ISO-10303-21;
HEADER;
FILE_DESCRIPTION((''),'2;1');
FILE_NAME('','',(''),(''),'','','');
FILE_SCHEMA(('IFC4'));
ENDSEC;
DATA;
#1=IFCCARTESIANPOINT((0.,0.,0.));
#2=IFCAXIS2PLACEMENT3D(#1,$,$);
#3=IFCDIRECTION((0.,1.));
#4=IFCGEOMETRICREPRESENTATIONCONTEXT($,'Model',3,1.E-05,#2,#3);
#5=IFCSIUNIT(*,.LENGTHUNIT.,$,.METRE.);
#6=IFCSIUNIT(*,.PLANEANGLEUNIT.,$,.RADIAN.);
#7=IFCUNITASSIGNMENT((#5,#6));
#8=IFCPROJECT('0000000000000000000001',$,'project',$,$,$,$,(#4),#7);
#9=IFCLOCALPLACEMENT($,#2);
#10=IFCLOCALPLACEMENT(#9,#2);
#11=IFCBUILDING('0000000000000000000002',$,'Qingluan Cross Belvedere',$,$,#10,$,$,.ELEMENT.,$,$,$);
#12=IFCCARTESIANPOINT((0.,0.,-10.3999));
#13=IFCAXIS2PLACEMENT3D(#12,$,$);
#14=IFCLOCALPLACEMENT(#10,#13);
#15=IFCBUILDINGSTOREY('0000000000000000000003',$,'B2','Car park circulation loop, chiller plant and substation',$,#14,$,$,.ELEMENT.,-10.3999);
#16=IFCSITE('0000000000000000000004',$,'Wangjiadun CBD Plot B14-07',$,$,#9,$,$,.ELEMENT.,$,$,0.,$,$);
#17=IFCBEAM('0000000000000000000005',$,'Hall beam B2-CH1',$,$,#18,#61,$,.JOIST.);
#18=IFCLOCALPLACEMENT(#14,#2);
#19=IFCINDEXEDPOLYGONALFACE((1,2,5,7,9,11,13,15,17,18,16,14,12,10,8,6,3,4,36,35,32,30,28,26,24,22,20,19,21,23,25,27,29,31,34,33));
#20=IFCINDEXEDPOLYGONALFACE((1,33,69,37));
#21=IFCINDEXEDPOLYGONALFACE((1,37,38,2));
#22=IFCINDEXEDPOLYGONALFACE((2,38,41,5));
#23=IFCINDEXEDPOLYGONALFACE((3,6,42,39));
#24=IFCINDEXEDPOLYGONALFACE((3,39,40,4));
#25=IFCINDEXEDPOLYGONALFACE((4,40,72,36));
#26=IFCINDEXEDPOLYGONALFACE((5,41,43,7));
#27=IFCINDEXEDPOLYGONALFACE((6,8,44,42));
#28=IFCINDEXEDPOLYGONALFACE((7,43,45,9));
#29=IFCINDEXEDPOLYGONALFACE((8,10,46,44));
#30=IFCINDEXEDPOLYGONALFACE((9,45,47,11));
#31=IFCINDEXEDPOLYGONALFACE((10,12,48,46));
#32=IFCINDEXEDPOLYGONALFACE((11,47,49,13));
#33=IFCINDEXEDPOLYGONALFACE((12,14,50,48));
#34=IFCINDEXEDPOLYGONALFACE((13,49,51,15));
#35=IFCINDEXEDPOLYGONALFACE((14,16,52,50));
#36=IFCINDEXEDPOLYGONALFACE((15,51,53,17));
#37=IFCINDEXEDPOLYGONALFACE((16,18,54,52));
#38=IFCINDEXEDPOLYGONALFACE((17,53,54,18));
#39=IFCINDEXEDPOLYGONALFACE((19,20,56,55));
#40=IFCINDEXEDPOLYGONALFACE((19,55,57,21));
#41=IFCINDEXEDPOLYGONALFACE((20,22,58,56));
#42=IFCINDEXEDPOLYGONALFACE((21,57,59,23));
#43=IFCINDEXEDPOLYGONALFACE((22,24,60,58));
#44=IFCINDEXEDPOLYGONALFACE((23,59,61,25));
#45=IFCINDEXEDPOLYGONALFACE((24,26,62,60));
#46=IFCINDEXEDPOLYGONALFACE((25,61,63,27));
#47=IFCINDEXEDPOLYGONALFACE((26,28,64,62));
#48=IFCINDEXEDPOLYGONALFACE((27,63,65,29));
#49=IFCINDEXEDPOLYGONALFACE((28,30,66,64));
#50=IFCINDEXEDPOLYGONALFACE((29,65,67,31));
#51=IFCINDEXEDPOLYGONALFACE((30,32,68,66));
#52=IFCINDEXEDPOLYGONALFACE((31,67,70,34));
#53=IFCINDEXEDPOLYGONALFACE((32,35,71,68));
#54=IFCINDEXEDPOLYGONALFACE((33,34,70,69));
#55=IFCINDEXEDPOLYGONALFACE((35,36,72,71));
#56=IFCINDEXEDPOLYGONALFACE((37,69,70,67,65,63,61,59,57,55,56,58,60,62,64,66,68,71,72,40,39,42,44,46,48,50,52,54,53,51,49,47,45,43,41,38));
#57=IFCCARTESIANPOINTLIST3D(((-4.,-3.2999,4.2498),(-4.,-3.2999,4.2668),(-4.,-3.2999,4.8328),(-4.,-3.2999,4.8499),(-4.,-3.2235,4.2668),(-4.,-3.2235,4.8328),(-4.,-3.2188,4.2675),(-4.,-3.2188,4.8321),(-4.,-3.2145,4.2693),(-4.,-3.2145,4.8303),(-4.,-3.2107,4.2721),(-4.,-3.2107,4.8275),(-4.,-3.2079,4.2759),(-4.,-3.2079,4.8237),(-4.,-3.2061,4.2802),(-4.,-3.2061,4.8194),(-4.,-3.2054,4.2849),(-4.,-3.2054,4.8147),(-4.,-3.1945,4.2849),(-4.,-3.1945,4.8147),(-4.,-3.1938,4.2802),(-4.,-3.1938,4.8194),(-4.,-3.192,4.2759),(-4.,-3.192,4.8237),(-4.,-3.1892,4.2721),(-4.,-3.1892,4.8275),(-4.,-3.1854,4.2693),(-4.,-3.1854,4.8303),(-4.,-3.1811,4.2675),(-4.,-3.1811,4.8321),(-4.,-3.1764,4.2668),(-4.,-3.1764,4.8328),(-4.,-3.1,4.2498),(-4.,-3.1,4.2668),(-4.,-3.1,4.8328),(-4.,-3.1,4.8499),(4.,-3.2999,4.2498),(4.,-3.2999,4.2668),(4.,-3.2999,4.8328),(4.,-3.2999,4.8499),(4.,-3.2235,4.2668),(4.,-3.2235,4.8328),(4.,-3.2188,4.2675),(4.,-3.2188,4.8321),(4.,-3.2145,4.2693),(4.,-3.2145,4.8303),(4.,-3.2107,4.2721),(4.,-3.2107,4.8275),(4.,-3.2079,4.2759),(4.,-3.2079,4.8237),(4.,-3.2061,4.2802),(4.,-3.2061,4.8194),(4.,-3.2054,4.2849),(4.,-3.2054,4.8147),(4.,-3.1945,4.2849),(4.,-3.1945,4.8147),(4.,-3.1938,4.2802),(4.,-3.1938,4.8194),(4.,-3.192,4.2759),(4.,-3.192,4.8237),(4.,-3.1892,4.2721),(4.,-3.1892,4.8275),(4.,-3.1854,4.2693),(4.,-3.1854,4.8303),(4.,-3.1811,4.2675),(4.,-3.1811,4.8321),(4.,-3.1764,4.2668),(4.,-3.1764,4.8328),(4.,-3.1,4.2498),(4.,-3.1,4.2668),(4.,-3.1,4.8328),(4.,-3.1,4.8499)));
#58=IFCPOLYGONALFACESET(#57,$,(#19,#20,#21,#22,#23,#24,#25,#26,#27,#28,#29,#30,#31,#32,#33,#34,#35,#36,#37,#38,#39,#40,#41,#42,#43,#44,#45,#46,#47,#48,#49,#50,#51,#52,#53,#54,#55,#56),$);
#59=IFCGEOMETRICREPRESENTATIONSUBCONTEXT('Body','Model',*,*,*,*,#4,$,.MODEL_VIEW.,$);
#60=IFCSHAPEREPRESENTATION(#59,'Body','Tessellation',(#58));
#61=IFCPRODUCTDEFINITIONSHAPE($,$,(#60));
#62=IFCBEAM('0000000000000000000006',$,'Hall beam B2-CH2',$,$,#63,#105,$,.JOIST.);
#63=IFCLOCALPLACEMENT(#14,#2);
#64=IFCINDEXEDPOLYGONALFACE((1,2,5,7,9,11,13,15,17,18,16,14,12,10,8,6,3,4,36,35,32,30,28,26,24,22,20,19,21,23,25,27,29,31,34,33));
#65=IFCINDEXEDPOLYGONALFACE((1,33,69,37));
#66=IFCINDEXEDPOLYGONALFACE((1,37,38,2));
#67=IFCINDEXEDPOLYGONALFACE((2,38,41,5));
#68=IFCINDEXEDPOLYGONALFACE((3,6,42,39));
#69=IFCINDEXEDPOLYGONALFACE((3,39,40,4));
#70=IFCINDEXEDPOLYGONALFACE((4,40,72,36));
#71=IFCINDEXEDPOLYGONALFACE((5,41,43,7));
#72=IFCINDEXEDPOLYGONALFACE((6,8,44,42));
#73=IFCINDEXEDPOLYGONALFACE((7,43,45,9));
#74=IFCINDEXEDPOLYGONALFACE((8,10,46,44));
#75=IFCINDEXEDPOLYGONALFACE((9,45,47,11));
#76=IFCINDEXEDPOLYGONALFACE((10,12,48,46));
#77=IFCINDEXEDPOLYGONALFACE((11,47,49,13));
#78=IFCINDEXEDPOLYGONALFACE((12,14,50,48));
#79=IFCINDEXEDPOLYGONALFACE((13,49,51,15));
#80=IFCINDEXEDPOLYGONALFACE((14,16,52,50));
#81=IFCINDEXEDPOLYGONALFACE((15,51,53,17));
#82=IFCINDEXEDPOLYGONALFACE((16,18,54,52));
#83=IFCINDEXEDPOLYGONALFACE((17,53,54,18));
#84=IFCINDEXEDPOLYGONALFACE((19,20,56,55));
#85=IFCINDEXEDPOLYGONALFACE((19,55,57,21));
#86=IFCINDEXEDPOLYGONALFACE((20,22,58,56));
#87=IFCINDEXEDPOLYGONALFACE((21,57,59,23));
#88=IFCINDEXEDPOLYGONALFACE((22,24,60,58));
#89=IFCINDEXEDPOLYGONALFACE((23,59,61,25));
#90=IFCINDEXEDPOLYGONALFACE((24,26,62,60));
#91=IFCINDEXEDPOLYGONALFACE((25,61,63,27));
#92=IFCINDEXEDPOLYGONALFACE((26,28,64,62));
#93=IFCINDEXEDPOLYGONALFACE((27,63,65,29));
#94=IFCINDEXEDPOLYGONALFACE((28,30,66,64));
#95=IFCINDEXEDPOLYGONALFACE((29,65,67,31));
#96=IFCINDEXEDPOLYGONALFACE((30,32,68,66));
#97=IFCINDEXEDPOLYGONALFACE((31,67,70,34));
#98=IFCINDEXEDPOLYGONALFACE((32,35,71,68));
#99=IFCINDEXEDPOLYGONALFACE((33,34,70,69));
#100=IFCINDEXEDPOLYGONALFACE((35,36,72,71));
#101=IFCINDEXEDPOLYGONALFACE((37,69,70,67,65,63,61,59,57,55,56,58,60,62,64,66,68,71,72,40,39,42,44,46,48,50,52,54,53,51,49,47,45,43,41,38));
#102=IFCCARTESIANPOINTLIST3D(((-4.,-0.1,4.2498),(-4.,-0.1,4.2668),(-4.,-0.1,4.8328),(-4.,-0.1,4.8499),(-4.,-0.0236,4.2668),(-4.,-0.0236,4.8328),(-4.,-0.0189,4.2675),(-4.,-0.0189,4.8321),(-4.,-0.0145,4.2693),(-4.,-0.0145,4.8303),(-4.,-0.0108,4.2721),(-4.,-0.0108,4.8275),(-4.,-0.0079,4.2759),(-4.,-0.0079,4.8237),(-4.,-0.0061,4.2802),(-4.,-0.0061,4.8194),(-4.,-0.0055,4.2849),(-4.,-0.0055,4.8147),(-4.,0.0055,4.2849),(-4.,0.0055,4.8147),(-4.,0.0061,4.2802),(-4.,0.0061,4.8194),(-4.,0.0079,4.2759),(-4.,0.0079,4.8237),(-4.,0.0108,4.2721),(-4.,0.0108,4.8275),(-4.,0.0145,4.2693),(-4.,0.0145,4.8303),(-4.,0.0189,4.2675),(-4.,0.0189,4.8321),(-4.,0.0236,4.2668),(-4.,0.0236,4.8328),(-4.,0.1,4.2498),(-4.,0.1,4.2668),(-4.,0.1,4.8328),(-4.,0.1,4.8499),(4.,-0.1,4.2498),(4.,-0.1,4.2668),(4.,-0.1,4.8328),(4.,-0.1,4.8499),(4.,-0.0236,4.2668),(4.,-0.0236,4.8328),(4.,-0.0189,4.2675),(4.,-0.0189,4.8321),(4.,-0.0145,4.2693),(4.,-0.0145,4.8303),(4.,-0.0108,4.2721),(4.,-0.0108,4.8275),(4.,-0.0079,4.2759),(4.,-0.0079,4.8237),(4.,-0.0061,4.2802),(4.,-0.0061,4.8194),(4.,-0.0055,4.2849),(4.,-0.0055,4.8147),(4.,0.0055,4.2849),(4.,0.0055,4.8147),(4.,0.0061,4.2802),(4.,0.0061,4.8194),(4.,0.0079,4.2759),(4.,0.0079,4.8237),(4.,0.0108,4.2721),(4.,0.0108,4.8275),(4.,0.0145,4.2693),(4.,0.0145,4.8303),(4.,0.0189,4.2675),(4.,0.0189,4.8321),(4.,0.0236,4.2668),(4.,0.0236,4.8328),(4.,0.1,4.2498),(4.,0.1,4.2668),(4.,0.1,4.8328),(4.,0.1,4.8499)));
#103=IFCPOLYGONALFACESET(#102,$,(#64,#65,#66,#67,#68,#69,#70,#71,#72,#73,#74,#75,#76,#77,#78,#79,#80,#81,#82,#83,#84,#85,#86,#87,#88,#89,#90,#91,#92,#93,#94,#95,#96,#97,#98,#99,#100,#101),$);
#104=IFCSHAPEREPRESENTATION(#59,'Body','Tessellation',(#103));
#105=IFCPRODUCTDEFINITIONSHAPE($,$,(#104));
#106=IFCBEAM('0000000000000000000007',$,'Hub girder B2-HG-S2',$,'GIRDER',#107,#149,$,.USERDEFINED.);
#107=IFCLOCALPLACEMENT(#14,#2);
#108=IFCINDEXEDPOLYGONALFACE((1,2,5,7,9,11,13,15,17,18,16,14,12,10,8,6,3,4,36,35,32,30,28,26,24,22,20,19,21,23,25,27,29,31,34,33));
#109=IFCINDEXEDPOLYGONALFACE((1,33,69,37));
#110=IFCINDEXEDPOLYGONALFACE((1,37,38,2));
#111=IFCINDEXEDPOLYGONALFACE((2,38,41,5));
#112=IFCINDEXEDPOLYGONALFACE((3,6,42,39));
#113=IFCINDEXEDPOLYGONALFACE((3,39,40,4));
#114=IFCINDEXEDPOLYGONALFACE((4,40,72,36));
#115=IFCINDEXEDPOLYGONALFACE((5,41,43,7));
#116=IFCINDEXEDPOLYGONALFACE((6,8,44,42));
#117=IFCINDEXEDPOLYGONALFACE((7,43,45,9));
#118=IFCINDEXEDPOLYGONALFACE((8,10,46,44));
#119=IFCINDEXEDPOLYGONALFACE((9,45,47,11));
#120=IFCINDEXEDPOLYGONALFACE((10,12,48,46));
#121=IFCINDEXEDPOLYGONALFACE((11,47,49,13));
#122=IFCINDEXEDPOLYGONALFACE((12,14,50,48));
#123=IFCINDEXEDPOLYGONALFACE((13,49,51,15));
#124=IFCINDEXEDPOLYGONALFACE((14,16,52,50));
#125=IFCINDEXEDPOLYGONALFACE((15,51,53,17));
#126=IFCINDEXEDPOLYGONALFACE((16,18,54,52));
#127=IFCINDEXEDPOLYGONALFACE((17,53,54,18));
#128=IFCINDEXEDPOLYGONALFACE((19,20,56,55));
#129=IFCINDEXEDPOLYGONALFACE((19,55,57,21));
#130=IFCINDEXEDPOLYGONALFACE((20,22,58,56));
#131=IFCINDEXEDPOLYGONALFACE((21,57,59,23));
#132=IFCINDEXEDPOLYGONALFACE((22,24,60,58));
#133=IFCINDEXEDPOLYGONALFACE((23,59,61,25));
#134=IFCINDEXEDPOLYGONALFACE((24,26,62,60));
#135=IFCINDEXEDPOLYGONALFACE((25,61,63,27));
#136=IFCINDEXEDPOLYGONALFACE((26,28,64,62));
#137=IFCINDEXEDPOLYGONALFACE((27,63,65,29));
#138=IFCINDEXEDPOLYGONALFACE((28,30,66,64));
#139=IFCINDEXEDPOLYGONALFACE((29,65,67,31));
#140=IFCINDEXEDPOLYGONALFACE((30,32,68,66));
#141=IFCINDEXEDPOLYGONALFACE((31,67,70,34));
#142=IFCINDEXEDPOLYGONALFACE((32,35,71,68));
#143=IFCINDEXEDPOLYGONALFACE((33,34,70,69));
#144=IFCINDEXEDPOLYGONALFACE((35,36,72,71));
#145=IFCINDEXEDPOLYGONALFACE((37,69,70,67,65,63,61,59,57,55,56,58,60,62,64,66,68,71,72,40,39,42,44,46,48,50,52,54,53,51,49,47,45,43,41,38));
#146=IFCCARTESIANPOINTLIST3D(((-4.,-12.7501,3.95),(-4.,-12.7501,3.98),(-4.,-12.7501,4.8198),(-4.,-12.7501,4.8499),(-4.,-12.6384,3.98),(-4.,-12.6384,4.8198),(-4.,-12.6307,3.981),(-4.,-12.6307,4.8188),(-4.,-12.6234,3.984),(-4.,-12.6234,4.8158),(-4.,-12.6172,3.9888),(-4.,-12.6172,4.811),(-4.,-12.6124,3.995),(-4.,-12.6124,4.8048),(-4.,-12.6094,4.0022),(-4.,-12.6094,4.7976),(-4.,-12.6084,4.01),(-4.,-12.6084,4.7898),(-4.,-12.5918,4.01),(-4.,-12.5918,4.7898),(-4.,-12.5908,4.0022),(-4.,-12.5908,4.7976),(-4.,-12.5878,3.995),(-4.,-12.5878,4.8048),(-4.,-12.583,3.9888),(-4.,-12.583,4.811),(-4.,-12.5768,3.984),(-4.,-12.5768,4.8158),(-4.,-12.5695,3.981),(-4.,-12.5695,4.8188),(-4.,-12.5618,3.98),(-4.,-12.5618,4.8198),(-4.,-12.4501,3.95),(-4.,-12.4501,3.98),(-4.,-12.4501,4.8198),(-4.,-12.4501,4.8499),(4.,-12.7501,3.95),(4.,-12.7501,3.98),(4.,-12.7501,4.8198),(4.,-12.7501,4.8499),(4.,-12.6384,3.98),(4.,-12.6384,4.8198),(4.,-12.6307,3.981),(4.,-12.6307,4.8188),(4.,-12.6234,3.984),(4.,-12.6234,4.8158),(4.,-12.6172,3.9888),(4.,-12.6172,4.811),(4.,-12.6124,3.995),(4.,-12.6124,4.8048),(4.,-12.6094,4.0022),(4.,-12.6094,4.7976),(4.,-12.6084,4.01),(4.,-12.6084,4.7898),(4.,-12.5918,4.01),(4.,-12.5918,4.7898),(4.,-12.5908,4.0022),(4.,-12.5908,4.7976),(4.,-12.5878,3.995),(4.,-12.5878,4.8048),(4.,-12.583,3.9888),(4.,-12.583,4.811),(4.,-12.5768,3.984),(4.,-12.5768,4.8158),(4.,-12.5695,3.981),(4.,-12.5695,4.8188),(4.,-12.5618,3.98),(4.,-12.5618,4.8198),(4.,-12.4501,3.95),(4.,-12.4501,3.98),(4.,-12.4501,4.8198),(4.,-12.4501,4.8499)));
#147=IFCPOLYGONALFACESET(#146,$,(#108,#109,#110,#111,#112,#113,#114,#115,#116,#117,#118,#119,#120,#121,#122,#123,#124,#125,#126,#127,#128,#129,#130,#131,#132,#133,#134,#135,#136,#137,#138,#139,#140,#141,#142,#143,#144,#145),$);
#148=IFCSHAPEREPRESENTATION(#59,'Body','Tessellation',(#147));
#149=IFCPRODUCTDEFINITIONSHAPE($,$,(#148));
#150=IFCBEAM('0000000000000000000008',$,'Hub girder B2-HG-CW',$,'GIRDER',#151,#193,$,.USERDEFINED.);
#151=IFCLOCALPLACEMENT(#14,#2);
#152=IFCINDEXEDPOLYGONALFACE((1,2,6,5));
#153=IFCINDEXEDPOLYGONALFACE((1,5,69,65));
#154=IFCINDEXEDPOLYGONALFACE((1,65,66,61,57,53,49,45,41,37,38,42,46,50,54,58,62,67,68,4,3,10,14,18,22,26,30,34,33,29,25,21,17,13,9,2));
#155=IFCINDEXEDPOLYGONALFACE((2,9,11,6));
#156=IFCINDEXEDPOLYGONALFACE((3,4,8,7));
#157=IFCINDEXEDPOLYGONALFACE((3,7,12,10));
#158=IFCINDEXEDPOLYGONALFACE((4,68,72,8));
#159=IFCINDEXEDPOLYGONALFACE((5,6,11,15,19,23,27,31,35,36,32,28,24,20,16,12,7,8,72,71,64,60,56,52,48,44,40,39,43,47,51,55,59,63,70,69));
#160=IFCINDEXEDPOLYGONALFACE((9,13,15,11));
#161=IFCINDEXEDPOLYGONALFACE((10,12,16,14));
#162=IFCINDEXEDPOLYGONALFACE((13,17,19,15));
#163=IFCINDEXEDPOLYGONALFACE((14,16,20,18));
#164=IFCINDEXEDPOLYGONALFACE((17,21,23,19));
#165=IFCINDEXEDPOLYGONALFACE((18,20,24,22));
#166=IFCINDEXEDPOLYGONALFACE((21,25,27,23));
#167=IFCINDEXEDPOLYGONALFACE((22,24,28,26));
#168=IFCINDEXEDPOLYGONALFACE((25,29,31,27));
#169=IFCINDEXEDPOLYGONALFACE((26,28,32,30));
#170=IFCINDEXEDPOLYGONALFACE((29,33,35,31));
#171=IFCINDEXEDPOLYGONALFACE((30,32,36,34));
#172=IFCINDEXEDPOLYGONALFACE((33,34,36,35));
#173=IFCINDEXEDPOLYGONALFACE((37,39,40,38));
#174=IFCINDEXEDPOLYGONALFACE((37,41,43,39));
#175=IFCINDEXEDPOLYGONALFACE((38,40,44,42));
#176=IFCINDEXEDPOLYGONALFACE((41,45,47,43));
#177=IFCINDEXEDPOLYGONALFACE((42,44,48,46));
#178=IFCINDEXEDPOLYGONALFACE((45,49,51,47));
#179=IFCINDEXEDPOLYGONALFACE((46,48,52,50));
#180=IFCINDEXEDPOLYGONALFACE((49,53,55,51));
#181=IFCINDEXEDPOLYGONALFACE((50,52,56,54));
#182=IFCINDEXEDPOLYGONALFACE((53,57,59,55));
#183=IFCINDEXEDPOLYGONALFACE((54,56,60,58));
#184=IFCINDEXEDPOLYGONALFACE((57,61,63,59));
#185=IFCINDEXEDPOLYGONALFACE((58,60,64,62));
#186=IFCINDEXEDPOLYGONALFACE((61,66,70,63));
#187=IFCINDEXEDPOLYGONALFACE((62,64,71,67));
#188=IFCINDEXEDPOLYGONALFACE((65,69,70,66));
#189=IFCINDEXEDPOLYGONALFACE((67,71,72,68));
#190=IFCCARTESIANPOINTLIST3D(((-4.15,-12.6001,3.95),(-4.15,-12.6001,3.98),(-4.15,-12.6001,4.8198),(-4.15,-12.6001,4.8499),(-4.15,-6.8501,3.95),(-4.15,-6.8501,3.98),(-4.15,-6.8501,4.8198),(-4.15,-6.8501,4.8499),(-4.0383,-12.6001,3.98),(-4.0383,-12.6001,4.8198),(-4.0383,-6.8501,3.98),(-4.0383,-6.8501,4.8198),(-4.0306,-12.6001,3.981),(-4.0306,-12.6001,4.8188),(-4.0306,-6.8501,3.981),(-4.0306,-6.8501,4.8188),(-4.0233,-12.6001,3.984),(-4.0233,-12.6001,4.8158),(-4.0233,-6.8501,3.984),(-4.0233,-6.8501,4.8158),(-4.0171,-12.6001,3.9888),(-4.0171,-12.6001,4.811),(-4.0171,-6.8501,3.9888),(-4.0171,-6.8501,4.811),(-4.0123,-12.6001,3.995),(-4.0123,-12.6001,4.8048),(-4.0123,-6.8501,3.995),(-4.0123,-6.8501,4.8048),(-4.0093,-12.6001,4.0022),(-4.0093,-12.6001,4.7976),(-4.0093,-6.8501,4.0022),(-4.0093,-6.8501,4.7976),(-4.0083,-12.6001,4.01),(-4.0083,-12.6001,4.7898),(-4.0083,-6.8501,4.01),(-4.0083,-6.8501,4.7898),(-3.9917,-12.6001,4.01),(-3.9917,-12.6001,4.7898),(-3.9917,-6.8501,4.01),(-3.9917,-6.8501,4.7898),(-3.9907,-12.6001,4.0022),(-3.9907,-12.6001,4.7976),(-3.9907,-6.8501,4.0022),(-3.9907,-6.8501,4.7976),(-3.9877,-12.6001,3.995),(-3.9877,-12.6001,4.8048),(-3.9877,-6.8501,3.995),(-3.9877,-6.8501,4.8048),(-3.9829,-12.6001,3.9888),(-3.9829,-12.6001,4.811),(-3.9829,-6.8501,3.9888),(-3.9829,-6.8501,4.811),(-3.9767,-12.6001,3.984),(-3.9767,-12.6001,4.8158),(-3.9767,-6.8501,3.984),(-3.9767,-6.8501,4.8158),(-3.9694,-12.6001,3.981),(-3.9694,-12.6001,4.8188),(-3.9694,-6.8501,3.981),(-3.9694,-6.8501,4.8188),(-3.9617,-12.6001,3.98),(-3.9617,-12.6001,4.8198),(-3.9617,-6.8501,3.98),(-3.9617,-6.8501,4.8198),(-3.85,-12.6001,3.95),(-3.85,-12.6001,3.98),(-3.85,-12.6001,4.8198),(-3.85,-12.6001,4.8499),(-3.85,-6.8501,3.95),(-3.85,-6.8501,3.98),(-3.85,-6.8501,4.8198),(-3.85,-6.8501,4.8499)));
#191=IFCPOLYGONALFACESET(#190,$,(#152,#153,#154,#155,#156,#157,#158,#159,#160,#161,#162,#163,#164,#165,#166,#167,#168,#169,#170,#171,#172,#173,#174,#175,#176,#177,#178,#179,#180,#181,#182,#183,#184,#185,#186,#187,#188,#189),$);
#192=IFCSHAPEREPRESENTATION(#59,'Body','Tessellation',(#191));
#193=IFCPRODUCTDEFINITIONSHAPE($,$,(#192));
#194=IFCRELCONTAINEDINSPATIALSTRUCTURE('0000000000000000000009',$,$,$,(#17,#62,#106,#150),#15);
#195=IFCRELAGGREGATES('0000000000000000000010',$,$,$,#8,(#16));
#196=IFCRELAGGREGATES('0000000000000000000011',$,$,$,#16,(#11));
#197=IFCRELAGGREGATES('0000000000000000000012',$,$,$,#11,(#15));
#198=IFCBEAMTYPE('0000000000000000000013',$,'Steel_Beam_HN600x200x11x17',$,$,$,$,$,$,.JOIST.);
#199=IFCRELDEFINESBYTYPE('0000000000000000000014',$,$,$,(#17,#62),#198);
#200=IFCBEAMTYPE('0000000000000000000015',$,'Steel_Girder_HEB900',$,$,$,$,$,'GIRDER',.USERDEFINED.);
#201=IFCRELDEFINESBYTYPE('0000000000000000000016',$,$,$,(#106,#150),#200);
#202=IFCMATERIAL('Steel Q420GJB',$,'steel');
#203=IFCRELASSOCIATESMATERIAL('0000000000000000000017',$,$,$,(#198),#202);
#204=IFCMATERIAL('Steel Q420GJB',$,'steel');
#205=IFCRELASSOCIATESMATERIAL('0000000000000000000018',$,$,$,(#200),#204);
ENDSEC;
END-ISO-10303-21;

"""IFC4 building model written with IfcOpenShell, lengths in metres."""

from ifc_helpers import new_model, si_unit, direction, frame, origin, origin_2d, place, context, subcontext, project, spatial, i_section, extrude, material, material_profile, profile_set, type_object, element, save


model = new_model("IFC4")

# Units and contexts
model_context = context("Model", 3, precision=1e-05, world=origin(), true_north=direction((0.0, 1.0)))
body_context = subcontext(model_context, "Body", "Model", "MODEL_VIEW")
ifc_project = project(units=[si_unit("LENGTHUNIT", "METRE"), si_unit("PLANEANGLEUNIT", "RADIAN")], contexts=[model_context])

# Site, building, storey
site_placement = place(None, origin())
site = spatial("IfcSite", under=ifc_project, at=site_placement, Name="Wangjiadun CBD Plot B14-07", CompositionType="ELEMENT", RefElevation=0.0)
building_placement = place(site_placement, origin())
building = spatial("IfcBuilding", under=site, at=building_placement, Name="Qingluan Cross Belvedere", CompositionType="ELEMENT")
storey_placement = place(building_placement, frame((0.0, 0.0, -10.3999)))
storey = spatial("IfcBuildingStorey", under=building, at=storey_placement, Name="B2", Description="Car park circulation loop, chiller plant and substation", CompositionType="ELEMENT", Elevation=-10.3999)

# Beams
ifc_material_1 = material(Name="Steel Q420GJB", Category="steel")
ifc_material_profile_1 = material_profile(ifc_material_1, i_section(OverallWidth=0.2, OverallDepth=0.6001, WebThickness=0.011, FlangeThickness=0.0171, FilletRadius=0.0181, at=origin_2d()), Name="HN600x200x11x17")
ifc_profile_set_1 = profile_set([ifc_material_profile_1], Name="Steel Q420GJB")
beam_type_1 = type_object("IfcBeamType", Name="Steel_Beam_HN600x200x11x17", PredefinedType="JOIST", material=ifc_profile_set_1)
for number, where, z_axis, x_axis, name in (
    (1, (-4.0, -3.2, 4.5498), (1.0, 0.0, 0.0), (0.0, 1.0, 0.0), "Hall beam B2-CH1"),
    (2, (-4.0, 0.0, 4.5498), (1.0, 0.0, 0.0), (0.0, 1.0, 0.0), "Hall beam B2-CH2"),
):
    element("IfcBeam", number, at=place(storey_placement, frame(where, z_axis=z_axis, x_axis=x_axis)), inside=storey, type_object=beam_type_1, Name=name, PredefinedType="JOIST", context=body_context, shape_type="SweptSolid", body=[
        extrude(i_section(OverallWidth=0.2, OverallDepth=0.6001, WebThickness=0.011, FlangeThickness=0.0171, FilletRadius=0.0181, at=origin_2d()), origin(), (0.0, 0.0, 1.0), 8.0),
    ])
ifc_material_2 = material(Name="Steel Q420GJB", Category="steel")
ifc_material_profile_2 = material_profile(ifc_material_2, i_section(OverallWidth=0.3, OverallDepth=0.8999, WebThickness=0.0166, FlangeThickness=0.03, FilletRadius=0.03, at=origin_2d()), Name="HEB900")
ifc_profile_set_2 = profile_set([ifc_material_profile_2], Name="Steel Q420GJB")
beam_type_2 = type_object("IfcBeamType", Name="Steel_Girder_HEB900", ElementType="GIRDER", PredefinedType="USERDEFINED", material=ifc_profile_set_2)
beam_1_placement = place(storey_placement, frame((-4.0, -12.6001, 4.3999), z_axis=(1.0, 0.0, 0.0), x_axis=(0.0, 1.0, 0.0)))
element("IfcBeam", 3, at=beam_1_placement, inside=storey, type_object=beam_type_2, Name="Hub girder B2-HG-S2", ObjectType="GIRDER", PredefinedType="USERDEFINED", context=body_context, shape_type="SweptSolid", body=[
    extrude(i_section(OverallWidth=0.3, OverallDepth=0.8999, WebThickness=0.0166, FlangeThickness=0.03, FilletRadius=0.03, at=origin_2d()), origin(), (0.0, 0.0, 1.0), 8.0),
])
beam_2_placement = place(storey_placement, frame((-4.0, -12.6001, 4.3999), z_axis=(0.0, 1.0, 0.0), x_axis=(-1.0, 0.0, 0.0)))
element("IfcBeam", 4, at=beam_2_placement, inside=storey, type_object=beam_type_2, Name="Hub girder B2-HG-CW", ObjectType="GIRDER", PredefinedType="USERDEFINED", context=body_context, shape_type="SweptSolid", body=[
    extrude(i_section(OverallWidth=0.3, OverallDepth=0.8999, WebThickness=0.0166, FlangeThickness=0.03, FilletRadius=0.03, at=origin_2d()), origin(), (0.0, 0.0, 1.0), 5.75),
])

save(model, "model.ifc")
